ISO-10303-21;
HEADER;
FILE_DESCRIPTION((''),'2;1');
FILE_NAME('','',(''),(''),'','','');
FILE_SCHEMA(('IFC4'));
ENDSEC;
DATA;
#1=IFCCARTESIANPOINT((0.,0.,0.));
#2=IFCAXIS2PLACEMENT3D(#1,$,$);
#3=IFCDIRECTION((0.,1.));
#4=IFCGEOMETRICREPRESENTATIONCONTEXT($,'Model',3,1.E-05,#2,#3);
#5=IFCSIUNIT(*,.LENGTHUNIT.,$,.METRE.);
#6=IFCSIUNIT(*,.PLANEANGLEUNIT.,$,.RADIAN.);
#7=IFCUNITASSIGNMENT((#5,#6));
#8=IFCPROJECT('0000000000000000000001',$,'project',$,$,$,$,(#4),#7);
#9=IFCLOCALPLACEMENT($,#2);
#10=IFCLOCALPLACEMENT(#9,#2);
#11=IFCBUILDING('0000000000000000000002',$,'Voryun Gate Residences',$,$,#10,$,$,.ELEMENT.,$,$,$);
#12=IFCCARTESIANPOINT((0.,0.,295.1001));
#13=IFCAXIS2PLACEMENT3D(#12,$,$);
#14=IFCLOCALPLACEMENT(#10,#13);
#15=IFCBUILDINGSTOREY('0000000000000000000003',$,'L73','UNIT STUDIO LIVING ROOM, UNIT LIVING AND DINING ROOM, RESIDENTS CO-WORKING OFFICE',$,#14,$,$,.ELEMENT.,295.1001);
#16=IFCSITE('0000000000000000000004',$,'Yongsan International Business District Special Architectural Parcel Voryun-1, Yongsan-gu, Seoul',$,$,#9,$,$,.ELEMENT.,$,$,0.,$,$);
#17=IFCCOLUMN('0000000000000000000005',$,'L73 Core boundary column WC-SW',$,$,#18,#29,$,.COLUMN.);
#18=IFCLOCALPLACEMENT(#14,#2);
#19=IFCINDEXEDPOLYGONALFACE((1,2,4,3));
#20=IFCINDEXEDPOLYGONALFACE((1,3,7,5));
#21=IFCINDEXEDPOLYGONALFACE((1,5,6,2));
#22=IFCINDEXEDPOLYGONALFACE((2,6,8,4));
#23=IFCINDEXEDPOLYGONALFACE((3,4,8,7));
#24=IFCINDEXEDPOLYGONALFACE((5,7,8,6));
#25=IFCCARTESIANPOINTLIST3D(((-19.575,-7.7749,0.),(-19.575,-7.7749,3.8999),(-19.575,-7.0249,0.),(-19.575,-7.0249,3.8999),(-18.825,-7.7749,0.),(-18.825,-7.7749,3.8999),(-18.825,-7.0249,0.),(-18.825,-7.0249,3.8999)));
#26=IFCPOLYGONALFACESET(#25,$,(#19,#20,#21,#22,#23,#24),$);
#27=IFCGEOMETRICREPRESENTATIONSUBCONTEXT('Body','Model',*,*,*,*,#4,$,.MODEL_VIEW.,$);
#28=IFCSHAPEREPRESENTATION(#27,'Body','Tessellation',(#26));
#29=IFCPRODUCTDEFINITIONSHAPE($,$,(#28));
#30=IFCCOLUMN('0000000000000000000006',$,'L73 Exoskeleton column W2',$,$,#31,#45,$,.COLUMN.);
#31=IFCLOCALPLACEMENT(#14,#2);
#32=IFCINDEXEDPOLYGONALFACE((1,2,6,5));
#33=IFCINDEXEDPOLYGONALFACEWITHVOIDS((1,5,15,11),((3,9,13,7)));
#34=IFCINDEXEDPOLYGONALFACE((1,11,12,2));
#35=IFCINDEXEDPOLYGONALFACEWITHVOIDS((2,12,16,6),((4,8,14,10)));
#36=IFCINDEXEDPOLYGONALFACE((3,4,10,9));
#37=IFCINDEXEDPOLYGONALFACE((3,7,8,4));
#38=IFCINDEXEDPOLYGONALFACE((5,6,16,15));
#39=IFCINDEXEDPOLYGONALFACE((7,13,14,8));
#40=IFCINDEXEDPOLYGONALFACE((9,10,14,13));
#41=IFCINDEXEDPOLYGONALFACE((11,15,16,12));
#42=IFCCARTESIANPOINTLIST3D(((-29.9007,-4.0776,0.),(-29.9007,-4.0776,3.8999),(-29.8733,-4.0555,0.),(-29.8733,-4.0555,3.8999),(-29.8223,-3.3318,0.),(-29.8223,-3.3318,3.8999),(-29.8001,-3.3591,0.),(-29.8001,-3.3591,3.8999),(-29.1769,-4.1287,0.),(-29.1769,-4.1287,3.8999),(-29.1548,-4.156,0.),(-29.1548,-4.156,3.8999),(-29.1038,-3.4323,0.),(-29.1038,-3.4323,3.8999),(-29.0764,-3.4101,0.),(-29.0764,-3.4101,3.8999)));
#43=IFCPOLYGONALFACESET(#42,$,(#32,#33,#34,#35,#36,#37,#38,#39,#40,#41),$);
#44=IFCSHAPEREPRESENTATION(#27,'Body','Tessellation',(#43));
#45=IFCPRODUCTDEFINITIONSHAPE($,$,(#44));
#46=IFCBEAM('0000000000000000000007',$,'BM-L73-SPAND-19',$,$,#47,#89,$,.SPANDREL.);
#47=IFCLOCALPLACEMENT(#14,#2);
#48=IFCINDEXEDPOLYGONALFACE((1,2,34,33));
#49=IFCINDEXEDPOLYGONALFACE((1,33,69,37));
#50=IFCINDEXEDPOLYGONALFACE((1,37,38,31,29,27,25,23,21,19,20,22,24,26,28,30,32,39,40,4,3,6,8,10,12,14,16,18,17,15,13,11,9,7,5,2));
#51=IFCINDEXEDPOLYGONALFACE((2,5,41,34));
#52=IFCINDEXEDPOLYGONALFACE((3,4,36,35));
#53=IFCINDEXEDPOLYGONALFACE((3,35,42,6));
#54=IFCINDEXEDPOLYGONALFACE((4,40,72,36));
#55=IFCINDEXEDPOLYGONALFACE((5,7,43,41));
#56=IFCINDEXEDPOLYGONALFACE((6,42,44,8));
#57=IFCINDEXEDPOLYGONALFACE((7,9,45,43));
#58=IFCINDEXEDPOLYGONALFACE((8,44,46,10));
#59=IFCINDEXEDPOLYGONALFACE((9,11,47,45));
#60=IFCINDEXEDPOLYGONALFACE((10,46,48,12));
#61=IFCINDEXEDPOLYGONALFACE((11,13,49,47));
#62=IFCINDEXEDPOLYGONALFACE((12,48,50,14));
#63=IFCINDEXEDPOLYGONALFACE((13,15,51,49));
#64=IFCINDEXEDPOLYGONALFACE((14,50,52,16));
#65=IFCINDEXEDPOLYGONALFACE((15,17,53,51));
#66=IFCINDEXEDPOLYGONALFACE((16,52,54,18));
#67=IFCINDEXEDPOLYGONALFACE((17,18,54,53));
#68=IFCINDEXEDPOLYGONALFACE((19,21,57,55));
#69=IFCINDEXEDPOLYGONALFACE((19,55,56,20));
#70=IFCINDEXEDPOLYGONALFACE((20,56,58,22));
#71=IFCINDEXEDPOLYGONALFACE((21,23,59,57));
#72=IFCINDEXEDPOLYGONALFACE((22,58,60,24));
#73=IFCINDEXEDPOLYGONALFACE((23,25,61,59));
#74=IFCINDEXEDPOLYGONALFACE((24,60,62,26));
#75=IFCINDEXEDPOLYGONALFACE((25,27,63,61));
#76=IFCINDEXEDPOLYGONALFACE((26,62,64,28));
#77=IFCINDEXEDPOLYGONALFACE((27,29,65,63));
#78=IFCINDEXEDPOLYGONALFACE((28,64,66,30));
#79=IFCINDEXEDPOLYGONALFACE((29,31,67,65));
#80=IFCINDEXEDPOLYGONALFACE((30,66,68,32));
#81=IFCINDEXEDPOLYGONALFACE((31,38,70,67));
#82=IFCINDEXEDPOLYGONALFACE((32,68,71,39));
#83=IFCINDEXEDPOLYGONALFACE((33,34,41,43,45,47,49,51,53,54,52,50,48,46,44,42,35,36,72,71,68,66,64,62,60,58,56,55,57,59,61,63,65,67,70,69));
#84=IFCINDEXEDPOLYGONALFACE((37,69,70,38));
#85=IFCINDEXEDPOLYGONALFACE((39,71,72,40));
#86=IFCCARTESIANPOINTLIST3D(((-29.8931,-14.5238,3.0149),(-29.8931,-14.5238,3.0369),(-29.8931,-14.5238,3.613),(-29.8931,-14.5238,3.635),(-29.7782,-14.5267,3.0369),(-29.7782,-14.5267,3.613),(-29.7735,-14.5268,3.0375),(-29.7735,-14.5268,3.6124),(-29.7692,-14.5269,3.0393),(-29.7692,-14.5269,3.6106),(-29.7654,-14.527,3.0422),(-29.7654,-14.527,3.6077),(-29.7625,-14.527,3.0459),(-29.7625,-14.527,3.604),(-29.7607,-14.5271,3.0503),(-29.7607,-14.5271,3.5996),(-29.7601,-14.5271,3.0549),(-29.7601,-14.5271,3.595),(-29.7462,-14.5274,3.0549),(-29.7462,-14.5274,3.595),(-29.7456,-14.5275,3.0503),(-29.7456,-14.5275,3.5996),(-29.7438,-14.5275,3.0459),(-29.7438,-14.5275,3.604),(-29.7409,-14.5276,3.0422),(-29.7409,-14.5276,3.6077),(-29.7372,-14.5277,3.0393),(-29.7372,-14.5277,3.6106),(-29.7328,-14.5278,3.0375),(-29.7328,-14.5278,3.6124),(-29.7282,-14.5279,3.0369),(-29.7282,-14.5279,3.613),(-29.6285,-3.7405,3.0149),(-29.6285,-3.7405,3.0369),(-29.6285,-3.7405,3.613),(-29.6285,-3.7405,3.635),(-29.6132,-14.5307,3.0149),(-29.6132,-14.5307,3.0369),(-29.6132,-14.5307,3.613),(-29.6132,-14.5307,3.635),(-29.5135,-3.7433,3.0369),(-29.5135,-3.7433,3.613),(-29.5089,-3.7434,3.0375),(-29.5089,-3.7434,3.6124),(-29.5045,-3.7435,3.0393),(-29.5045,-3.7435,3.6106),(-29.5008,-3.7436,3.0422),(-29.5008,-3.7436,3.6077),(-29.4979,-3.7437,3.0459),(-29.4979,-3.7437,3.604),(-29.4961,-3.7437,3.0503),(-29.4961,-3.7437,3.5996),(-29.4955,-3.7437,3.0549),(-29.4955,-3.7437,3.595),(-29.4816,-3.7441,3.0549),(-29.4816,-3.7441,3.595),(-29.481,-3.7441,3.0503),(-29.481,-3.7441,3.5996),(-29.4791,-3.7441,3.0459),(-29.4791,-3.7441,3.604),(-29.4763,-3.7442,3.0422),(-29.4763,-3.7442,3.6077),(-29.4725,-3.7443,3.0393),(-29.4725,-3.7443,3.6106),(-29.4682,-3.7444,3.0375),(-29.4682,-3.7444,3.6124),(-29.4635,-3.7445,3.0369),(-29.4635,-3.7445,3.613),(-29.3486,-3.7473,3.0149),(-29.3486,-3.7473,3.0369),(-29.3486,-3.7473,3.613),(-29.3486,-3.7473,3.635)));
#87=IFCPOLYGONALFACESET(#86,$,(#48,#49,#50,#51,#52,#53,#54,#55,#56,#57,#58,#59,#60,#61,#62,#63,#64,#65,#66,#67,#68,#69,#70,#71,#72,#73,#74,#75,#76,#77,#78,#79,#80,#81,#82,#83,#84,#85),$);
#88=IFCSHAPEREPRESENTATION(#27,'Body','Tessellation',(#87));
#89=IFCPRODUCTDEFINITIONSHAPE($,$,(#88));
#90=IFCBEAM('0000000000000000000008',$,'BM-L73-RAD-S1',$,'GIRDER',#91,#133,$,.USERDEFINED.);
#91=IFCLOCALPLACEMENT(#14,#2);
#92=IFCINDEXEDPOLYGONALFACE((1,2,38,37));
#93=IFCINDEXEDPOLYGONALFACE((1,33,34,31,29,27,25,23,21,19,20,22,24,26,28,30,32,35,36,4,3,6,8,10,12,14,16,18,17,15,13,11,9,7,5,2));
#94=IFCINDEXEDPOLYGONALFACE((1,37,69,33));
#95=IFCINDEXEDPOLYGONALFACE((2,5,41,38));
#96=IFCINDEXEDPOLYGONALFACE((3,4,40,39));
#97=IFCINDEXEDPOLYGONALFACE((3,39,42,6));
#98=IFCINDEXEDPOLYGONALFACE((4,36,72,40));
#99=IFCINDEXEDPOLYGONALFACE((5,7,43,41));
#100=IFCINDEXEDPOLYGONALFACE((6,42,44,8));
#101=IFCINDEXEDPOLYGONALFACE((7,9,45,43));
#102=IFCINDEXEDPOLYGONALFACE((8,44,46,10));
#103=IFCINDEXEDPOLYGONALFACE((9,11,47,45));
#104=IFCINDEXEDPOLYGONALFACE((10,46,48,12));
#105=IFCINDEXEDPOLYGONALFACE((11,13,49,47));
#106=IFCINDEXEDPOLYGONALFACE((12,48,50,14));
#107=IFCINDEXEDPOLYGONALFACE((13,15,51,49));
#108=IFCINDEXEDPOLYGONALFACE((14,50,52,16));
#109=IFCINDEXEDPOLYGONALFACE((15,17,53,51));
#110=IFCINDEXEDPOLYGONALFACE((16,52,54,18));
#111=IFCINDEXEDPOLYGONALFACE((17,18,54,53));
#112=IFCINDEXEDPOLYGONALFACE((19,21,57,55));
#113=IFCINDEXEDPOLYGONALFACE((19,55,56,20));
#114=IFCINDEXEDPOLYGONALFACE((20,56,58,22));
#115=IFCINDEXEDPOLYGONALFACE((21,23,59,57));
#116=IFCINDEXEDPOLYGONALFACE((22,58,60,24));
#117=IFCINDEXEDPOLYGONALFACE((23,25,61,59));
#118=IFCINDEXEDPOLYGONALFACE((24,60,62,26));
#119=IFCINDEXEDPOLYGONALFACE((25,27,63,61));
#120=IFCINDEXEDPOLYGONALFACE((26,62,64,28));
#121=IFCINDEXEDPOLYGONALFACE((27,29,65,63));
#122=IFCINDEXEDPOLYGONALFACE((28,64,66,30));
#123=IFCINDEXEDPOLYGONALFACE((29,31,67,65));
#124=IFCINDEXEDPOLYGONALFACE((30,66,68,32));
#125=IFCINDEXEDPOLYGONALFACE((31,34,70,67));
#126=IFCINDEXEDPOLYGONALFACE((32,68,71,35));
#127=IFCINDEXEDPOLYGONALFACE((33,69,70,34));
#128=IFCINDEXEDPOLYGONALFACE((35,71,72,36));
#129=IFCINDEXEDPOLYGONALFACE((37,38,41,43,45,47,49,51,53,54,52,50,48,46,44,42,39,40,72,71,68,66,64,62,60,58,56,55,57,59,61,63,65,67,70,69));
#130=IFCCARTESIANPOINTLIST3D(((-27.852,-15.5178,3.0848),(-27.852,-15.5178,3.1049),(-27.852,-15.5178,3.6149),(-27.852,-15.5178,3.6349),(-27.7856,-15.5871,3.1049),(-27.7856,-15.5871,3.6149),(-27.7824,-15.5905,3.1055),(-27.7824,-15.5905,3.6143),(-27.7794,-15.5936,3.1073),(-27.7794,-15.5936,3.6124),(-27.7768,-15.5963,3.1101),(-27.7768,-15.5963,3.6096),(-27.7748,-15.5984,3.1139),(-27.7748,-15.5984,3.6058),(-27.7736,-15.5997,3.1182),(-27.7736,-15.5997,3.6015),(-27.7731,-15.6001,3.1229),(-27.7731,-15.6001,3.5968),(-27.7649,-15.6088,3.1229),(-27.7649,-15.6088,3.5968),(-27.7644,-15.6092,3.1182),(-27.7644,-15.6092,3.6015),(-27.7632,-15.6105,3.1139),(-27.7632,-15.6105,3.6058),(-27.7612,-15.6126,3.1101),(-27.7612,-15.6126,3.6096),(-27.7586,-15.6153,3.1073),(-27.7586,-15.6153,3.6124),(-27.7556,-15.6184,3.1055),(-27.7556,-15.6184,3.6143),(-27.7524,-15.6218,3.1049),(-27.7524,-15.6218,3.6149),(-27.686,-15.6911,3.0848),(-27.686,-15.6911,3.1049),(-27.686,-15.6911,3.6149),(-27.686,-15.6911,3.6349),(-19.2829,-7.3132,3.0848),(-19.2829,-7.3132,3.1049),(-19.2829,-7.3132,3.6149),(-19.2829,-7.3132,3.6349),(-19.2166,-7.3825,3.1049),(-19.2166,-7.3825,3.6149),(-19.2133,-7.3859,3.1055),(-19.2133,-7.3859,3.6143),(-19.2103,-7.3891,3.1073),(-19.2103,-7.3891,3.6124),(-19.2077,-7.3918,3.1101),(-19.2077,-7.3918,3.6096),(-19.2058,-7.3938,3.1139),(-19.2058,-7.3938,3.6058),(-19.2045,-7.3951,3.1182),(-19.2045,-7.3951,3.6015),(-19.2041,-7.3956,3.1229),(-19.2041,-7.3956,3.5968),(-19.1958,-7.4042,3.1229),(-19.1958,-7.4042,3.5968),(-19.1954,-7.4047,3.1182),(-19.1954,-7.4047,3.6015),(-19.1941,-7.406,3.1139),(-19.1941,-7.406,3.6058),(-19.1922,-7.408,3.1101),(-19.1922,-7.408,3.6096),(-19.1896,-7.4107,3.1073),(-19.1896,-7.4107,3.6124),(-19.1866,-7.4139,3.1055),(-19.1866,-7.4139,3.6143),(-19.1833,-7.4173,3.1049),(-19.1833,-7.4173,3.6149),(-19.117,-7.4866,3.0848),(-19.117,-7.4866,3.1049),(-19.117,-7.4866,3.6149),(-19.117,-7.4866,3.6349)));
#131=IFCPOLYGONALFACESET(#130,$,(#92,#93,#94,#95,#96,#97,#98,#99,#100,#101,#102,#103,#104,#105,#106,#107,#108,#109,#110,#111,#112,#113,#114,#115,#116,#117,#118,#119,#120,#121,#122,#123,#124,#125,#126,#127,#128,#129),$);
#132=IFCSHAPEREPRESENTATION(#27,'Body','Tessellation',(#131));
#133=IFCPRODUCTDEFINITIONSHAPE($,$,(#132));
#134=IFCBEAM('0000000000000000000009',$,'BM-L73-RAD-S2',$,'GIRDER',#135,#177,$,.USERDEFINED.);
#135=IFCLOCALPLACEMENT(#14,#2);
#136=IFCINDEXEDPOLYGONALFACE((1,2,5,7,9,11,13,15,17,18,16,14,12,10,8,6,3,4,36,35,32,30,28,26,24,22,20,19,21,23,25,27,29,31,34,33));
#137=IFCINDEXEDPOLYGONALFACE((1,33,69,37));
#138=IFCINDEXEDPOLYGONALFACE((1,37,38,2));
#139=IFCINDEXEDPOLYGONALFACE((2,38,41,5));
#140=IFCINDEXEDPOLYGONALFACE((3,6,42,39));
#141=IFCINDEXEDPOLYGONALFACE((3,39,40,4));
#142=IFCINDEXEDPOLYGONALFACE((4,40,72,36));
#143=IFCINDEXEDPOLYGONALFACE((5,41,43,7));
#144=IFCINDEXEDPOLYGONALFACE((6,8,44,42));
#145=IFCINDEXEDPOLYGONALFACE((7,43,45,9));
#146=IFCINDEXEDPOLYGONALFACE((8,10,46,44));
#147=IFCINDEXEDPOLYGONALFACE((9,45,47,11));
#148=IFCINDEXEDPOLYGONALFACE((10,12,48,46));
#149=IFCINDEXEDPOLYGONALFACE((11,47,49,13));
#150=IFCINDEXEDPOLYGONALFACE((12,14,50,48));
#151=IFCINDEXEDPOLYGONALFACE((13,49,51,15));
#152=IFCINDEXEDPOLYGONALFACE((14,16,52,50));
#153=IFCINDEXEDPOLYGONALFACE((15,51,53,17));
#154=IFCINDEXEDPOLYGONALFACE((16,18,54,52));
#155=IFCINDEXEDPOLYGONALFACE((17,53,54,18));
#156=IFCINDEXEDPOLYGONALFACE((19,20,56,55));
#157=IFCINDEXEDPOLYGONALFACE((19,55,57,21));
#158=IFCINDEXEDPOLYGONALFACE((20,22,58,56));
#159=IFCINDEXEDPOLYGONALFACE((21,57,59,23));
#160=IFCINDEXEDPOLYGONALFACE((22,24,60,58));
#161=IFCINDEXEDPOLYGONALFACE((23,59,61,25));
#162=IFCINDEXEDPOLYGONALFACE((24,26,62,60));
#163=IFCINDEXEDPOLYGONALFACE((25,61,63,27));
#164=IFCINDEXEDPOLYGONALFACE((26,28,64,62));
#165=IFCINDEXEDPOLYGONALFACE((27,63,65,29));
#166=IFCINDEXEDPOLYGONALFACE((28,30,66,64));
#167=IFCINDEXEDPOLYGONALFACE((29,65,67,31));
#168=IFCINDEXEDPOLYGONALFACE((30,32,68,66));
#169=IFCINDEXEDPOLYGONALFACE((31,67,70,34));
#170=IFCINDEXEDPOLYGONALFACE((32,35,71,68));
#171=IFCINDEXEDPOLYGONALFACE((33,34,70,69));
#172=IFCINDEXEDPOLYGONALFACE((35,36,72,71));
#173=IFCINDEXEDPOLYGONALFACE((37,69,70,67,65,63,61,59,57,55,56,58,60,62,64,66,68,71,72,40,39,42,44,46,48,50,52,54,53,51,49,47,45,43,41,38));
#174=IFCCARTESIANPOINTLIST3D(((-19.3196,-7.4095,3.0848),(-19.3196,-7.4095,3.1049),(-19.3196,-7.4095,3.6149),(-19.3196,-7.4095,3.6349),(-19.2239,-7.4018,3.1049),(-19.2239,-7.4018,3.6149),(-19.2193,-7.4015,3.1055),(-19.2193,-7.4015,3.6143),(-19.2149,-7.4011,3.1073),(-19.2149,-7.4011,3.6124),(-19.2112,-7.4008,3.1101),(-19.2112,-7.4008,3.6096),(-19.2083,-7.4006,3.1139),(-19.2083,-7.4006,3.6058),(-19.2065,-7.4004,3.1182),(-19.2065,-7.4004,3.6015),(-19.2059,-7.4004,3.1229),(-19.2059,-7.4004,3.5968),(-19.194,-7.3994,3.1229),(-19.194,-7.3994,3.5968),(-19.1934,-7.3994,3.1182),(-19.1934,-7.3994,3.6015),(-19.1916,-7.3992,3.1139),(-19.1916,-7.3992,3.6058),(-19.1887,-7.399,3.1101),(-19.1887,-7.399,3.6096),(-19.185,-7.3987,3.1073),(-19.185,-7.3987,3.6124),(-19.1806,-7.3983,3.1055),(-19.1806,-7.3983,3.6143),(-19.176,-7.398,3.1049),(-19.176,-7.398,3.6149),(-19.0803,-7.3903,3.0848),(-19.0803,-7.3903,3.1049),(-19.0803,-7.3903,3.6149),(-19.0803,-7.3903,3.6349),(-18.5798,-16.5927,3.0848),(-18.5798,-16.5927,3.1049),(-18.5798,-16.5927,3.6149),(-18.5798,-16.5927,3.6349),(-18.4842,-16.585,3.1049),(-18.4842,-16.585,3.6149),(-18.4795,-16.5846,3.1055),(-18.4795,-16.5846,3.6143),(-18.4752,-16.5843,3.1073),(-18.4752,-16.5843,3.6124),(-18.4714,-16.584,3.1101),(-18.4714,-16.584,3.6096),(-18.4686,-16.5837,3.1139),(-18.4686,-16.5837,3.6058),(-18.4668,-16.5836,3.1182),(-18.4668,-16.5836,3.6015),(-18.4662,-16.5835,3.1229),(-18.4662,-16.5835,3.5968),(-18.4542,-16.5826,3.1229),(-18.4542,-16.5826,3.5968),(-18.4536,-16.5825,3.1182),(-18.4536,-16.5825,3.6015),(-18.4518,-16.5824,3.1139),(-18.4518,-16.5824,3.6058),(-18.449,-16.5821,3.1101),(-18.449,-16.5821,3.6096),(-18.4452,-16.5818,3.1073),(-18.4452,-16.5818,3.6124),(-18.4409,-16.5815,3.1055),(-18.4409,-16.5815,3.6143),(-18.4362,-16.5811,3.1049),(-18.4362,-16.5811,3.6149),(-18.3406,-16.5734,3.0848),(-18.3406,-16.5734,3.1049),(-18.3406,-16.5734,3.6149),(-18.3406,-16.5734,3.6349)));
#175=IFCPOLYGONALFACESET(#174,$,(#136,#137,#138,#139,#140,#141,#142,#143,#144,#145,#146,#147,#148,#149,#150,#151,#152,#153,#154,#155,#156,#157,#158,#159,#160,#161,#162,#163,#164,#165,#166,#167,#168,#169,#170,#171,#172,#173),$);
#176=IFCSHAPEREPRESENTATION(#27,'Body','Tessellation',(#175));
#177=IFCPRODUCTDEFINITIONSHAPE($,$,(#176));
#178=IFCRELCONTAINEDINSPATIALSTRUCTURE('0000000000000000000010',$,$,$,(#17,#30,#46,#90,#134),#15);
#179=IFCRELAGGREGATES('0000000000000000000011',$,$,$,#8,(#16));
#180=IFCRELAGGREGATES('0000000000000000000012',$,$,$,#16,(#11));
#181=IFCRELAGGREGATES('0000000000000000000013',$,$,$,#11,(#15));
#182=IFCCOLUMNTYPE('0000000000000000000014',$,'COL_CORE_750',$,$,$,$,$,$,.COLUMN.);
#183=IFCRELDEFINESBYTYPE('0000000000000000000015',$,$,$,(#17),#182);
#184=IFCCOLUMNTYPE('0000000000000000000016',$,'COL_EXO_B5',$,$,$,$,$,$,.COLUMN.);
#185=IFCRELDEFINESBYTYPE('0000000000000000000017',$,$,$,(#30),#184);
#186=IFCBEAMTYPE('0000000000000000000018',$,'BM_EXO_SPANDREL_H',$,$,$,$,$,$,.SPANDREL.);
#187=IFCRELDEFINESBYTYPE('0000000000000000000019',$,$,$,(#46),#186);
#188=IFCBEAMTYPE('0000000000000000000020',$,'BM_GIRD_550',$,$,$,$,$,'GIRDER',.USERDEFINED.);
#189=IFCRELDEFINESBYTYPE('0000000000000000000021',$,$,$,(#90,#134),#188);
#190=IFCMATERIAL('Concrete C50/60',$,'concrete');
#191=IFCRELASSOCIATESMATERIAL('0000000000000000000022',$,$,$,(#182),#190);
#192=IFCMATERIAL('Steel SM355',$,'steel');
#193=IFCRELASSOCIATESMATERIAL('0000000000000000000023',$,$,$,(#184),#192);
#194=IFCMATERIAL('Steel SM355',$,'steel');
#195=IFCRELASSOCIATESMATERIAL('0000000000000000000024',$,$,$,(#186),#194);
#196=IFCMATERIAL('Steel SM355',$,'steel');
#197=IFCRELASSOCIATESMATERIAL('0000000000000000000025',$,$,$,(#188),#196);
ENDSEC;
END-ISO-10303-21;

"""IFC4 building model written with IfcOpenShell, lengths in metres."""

from ifc_helpers import new_model, si_unit, direction, frame, origin, origin_2d, place, context, subcontext, project, spatial, rectangle, hollow_rectangle, i_section, extrude, material, material_profile, profile_set, type_object, element, save


model = new_model("IFC4")

# Units and contexts
model_context = context("Model", 3, precision=1e-05, world=origin(), true_north=direction((0.0, 1.0)))
body_context = subcontext(model_context, "Body", "Model", "MODEL_VIEW")
ifc_project = project(units=[si_unit("LENGTHUNIT", "METRE"), si_unit("PLANEANGLEUNIT", "RADIAN")], contexts=[model_context])

# Site, building, storey
site_placement = place(None, origin())
site = spatial("IfcSite", under=ifc_project, at=site_placement, Name="Yongsan International Business District Special Architectural Parcel Voryun-1, Yongsan-gu, Seoul", CompositionType="ELEMENT", RefElevation=0.0)
building_placement = place(site_placement, origin())
building = spatial("IfcBuilding", under=site, at=building_placement, Name="Voryun Gate Residences", CompositionType="ELEMENT")
storey_placement = place(building_placement, frame((0.0, 0.0, 295.1001)))
storey = spatial("IfcBuildingStorey", under=building, at=storey_placement, Name="L73", Description="UNIT STUDIO LIVING ROOM, UNIT LIVING AND DINING ROOM, RESIDENTS CO-WORKING OFFICE", CompositionType="ELEMENT", Elevation=295.1001)

# Columns
ifc_material_1 = material(Name="Concrete C50/60", Category="concrete")
ifc_material_profile_1 = material_profile(ifc_material_1, rectangle(XDim=0.75, YDim=0.75, at=origin_2d()), Name="RC-750x750")
ifc_profile_set_1 = profile_set([ifc_material_profile_1], Name="Concrete C50/60")
column_type_1 = type_object("IfcColumnType", Name="COL_CORE_750", PredefinedType="COLUMN", material=ifc_profile_set_1)
column_1_placement = place(storey_placement, frame((-19.2, -7.3999, 0.0), z_axis=(0.0, 0.0, 1.0), x_axis=(1.0, 0.0, 0.0)))
element("IfcColumn", 1, at=column_1_placement, inside=storey, type_object=column_type_1, Name="L73 Core boundary column WC-SW", PredefinedType="COLUMN", context=body_context, shape_type="SweptSolid", body=[
    extrude(rectangle(XDim=0.75, YDim=0.75, at=origin_2d()), origin(), (0.0, 0.0, 1.0), 3.8999),
])
ifc_material_2 = material(Name="Steel SM355", Category="steel")
ifc_material_profile_2 = material_profile(ifc_material_2, hollow_rectangle(XDim=0.75, YDim=0.75, WallThickness=0.0249, at=origin_2d()), Name="BOX-750x750x25")
ifc_profile_set_2 = profile_set([ifc_material_profile_2], Name="Steel SM355")
column_type_2 = type_object("IfcColumnType", Name="COL_EXO_B5", PredefinedType="COLUMN", material=ifc_profile_set_2)
column_2_placement = place(storey_placement, frame((-29.4885, -3.7439, 0.0), z_axis=(0.0, 0.0, 1.0), x_axis=(0.994522, -0.104528, 0.0)))
element("IfcColumn", 2, at=column_2_placement, inside=storey, type_object=column_type_2, Name="L73 Exoskeleton column W2", PredefinedType="COLUMN", context=body_context, shape_type="SweptSolid", body=[
    extrude(hollow_rectangle(XDim=0.75, YDim=0.75, WallThickness=0.0249, at=origin_2d()), origin(), (0.0, 0.0, 1.0), 3.8999),
])

# Beams
ifc_material_3 = material(Name="Steel SM355", Category="steel")
ifc_material_profile_3 = material_profile(ifc_material_3, i_section(OverallWidth=0.28, OverallDepth=0.6201, WebThickness=0.0139, FlangeThickness=0.022, FilletRadius=0.0181, at=origin_2d()), Name="H-620x280x14x22")
ifc_profile_set_3 = profile_set([ifc_material_profile_3], Name="Steel SM355")
beam_type_1 = type_object("IfcBeamType", Name="BM_EXO_SPANDREL_H", PredefinedType="SPANDREL", material=ifc_profile_set_3)
beam_1_placement = place(storey_placement, frame((-29.4885, -3.7439, 3.325), z_axis=(-0.024535, -0.999699, 0.0), x_axis=(0.999699, -0.024535, 0.0)))
element("IfcBeam", 3, at=beam_1_placement, inside=storey, type_object=beam_type_1, Name="BM-L73-SPAND-19", PredefinedType="SPANDREL", context=body_context, shape_type="SweptSolid", body=[
    extrude(i_section(OverallWidth=0.28, OverallDepth=0.6201, WebThickness=0.0139, FlangeThickness=0.022, FilletRadius=0.0181, at=origin_2d()), origin(), (0.0, 0.0, 1.0), 10.7866),
])
ifc_material_4 = material(Name="Steel SM355", Category="steel")
ifc_material_profile_4 = material_profile(ifc_material_4, i_section(OverallWidth=0.24, OverallDepth=0.55, WebThickness=0.012, FlangeThickness=0.02, FilletRadius=0.0181, at=origin_2d()), Name="H-550x240x12x20")
ifc_profile_set_4 = profile_set([ifc_material_profile_4], Name="Steel SM355")
beam_type_2 = type_object("IfcBeamType", Name="BM_GIRD_550", ElementType="GIRDER", PredefinedType="USERDEFINED", material=ifc_profile_set_4)
beam_2_placement = place(storey_placement, frame((-19.2, -7.3999, 3.3599), z_axis=(-0.722302, -0.691578, 0.0), x_axis=(0.691578, -0.722302, 0.0)))
element("IfcBeam", 4, at=beam_2_placement, inside=storey, type_object=beam_type_2, Name="BM-L73-RAD-S1", ObjectType="GIRDER", PredefinedType="USERDEFINED", context=body_context, shape_type="SweptSolid", body=[
    extrude(i_section(OverallWidth=0.24, OverallDepth=0.55, WebThickness=0.012, FlangeThickness=0.02, FilletRadius=0.0181, at=origin_2d()), origin(), (0.0, 0.0, 1.0), 11.8635),
])
beam_3_placement = place(storey_placement, frame((-19.2, -7.3999, 3.3599), z_axis=(0.080295, -0.996771, 0.0), x_axis=(0.996771, 0.080295, 0.0)))
element("IfcBeam", 5, at=beam_3_placement, inside=storey, type_object=beam_type_2, Name="BM-L73-RAD-S2", ObjectType="GIRDER", PredefinedType="USERDEFINED", context=body_context, shape_type="SweptSolid", body=[
    extrude(i_section(OverallWidth=0.24, OverallDepth=0.55, WebThickness=0.012, FlangeThickness=0.02, FilletRadius=0.0181, at=origin_2d()), origin(), (0.0, 0.0, 1.0), 9.2129),
])

save(model, "model.ifc")
